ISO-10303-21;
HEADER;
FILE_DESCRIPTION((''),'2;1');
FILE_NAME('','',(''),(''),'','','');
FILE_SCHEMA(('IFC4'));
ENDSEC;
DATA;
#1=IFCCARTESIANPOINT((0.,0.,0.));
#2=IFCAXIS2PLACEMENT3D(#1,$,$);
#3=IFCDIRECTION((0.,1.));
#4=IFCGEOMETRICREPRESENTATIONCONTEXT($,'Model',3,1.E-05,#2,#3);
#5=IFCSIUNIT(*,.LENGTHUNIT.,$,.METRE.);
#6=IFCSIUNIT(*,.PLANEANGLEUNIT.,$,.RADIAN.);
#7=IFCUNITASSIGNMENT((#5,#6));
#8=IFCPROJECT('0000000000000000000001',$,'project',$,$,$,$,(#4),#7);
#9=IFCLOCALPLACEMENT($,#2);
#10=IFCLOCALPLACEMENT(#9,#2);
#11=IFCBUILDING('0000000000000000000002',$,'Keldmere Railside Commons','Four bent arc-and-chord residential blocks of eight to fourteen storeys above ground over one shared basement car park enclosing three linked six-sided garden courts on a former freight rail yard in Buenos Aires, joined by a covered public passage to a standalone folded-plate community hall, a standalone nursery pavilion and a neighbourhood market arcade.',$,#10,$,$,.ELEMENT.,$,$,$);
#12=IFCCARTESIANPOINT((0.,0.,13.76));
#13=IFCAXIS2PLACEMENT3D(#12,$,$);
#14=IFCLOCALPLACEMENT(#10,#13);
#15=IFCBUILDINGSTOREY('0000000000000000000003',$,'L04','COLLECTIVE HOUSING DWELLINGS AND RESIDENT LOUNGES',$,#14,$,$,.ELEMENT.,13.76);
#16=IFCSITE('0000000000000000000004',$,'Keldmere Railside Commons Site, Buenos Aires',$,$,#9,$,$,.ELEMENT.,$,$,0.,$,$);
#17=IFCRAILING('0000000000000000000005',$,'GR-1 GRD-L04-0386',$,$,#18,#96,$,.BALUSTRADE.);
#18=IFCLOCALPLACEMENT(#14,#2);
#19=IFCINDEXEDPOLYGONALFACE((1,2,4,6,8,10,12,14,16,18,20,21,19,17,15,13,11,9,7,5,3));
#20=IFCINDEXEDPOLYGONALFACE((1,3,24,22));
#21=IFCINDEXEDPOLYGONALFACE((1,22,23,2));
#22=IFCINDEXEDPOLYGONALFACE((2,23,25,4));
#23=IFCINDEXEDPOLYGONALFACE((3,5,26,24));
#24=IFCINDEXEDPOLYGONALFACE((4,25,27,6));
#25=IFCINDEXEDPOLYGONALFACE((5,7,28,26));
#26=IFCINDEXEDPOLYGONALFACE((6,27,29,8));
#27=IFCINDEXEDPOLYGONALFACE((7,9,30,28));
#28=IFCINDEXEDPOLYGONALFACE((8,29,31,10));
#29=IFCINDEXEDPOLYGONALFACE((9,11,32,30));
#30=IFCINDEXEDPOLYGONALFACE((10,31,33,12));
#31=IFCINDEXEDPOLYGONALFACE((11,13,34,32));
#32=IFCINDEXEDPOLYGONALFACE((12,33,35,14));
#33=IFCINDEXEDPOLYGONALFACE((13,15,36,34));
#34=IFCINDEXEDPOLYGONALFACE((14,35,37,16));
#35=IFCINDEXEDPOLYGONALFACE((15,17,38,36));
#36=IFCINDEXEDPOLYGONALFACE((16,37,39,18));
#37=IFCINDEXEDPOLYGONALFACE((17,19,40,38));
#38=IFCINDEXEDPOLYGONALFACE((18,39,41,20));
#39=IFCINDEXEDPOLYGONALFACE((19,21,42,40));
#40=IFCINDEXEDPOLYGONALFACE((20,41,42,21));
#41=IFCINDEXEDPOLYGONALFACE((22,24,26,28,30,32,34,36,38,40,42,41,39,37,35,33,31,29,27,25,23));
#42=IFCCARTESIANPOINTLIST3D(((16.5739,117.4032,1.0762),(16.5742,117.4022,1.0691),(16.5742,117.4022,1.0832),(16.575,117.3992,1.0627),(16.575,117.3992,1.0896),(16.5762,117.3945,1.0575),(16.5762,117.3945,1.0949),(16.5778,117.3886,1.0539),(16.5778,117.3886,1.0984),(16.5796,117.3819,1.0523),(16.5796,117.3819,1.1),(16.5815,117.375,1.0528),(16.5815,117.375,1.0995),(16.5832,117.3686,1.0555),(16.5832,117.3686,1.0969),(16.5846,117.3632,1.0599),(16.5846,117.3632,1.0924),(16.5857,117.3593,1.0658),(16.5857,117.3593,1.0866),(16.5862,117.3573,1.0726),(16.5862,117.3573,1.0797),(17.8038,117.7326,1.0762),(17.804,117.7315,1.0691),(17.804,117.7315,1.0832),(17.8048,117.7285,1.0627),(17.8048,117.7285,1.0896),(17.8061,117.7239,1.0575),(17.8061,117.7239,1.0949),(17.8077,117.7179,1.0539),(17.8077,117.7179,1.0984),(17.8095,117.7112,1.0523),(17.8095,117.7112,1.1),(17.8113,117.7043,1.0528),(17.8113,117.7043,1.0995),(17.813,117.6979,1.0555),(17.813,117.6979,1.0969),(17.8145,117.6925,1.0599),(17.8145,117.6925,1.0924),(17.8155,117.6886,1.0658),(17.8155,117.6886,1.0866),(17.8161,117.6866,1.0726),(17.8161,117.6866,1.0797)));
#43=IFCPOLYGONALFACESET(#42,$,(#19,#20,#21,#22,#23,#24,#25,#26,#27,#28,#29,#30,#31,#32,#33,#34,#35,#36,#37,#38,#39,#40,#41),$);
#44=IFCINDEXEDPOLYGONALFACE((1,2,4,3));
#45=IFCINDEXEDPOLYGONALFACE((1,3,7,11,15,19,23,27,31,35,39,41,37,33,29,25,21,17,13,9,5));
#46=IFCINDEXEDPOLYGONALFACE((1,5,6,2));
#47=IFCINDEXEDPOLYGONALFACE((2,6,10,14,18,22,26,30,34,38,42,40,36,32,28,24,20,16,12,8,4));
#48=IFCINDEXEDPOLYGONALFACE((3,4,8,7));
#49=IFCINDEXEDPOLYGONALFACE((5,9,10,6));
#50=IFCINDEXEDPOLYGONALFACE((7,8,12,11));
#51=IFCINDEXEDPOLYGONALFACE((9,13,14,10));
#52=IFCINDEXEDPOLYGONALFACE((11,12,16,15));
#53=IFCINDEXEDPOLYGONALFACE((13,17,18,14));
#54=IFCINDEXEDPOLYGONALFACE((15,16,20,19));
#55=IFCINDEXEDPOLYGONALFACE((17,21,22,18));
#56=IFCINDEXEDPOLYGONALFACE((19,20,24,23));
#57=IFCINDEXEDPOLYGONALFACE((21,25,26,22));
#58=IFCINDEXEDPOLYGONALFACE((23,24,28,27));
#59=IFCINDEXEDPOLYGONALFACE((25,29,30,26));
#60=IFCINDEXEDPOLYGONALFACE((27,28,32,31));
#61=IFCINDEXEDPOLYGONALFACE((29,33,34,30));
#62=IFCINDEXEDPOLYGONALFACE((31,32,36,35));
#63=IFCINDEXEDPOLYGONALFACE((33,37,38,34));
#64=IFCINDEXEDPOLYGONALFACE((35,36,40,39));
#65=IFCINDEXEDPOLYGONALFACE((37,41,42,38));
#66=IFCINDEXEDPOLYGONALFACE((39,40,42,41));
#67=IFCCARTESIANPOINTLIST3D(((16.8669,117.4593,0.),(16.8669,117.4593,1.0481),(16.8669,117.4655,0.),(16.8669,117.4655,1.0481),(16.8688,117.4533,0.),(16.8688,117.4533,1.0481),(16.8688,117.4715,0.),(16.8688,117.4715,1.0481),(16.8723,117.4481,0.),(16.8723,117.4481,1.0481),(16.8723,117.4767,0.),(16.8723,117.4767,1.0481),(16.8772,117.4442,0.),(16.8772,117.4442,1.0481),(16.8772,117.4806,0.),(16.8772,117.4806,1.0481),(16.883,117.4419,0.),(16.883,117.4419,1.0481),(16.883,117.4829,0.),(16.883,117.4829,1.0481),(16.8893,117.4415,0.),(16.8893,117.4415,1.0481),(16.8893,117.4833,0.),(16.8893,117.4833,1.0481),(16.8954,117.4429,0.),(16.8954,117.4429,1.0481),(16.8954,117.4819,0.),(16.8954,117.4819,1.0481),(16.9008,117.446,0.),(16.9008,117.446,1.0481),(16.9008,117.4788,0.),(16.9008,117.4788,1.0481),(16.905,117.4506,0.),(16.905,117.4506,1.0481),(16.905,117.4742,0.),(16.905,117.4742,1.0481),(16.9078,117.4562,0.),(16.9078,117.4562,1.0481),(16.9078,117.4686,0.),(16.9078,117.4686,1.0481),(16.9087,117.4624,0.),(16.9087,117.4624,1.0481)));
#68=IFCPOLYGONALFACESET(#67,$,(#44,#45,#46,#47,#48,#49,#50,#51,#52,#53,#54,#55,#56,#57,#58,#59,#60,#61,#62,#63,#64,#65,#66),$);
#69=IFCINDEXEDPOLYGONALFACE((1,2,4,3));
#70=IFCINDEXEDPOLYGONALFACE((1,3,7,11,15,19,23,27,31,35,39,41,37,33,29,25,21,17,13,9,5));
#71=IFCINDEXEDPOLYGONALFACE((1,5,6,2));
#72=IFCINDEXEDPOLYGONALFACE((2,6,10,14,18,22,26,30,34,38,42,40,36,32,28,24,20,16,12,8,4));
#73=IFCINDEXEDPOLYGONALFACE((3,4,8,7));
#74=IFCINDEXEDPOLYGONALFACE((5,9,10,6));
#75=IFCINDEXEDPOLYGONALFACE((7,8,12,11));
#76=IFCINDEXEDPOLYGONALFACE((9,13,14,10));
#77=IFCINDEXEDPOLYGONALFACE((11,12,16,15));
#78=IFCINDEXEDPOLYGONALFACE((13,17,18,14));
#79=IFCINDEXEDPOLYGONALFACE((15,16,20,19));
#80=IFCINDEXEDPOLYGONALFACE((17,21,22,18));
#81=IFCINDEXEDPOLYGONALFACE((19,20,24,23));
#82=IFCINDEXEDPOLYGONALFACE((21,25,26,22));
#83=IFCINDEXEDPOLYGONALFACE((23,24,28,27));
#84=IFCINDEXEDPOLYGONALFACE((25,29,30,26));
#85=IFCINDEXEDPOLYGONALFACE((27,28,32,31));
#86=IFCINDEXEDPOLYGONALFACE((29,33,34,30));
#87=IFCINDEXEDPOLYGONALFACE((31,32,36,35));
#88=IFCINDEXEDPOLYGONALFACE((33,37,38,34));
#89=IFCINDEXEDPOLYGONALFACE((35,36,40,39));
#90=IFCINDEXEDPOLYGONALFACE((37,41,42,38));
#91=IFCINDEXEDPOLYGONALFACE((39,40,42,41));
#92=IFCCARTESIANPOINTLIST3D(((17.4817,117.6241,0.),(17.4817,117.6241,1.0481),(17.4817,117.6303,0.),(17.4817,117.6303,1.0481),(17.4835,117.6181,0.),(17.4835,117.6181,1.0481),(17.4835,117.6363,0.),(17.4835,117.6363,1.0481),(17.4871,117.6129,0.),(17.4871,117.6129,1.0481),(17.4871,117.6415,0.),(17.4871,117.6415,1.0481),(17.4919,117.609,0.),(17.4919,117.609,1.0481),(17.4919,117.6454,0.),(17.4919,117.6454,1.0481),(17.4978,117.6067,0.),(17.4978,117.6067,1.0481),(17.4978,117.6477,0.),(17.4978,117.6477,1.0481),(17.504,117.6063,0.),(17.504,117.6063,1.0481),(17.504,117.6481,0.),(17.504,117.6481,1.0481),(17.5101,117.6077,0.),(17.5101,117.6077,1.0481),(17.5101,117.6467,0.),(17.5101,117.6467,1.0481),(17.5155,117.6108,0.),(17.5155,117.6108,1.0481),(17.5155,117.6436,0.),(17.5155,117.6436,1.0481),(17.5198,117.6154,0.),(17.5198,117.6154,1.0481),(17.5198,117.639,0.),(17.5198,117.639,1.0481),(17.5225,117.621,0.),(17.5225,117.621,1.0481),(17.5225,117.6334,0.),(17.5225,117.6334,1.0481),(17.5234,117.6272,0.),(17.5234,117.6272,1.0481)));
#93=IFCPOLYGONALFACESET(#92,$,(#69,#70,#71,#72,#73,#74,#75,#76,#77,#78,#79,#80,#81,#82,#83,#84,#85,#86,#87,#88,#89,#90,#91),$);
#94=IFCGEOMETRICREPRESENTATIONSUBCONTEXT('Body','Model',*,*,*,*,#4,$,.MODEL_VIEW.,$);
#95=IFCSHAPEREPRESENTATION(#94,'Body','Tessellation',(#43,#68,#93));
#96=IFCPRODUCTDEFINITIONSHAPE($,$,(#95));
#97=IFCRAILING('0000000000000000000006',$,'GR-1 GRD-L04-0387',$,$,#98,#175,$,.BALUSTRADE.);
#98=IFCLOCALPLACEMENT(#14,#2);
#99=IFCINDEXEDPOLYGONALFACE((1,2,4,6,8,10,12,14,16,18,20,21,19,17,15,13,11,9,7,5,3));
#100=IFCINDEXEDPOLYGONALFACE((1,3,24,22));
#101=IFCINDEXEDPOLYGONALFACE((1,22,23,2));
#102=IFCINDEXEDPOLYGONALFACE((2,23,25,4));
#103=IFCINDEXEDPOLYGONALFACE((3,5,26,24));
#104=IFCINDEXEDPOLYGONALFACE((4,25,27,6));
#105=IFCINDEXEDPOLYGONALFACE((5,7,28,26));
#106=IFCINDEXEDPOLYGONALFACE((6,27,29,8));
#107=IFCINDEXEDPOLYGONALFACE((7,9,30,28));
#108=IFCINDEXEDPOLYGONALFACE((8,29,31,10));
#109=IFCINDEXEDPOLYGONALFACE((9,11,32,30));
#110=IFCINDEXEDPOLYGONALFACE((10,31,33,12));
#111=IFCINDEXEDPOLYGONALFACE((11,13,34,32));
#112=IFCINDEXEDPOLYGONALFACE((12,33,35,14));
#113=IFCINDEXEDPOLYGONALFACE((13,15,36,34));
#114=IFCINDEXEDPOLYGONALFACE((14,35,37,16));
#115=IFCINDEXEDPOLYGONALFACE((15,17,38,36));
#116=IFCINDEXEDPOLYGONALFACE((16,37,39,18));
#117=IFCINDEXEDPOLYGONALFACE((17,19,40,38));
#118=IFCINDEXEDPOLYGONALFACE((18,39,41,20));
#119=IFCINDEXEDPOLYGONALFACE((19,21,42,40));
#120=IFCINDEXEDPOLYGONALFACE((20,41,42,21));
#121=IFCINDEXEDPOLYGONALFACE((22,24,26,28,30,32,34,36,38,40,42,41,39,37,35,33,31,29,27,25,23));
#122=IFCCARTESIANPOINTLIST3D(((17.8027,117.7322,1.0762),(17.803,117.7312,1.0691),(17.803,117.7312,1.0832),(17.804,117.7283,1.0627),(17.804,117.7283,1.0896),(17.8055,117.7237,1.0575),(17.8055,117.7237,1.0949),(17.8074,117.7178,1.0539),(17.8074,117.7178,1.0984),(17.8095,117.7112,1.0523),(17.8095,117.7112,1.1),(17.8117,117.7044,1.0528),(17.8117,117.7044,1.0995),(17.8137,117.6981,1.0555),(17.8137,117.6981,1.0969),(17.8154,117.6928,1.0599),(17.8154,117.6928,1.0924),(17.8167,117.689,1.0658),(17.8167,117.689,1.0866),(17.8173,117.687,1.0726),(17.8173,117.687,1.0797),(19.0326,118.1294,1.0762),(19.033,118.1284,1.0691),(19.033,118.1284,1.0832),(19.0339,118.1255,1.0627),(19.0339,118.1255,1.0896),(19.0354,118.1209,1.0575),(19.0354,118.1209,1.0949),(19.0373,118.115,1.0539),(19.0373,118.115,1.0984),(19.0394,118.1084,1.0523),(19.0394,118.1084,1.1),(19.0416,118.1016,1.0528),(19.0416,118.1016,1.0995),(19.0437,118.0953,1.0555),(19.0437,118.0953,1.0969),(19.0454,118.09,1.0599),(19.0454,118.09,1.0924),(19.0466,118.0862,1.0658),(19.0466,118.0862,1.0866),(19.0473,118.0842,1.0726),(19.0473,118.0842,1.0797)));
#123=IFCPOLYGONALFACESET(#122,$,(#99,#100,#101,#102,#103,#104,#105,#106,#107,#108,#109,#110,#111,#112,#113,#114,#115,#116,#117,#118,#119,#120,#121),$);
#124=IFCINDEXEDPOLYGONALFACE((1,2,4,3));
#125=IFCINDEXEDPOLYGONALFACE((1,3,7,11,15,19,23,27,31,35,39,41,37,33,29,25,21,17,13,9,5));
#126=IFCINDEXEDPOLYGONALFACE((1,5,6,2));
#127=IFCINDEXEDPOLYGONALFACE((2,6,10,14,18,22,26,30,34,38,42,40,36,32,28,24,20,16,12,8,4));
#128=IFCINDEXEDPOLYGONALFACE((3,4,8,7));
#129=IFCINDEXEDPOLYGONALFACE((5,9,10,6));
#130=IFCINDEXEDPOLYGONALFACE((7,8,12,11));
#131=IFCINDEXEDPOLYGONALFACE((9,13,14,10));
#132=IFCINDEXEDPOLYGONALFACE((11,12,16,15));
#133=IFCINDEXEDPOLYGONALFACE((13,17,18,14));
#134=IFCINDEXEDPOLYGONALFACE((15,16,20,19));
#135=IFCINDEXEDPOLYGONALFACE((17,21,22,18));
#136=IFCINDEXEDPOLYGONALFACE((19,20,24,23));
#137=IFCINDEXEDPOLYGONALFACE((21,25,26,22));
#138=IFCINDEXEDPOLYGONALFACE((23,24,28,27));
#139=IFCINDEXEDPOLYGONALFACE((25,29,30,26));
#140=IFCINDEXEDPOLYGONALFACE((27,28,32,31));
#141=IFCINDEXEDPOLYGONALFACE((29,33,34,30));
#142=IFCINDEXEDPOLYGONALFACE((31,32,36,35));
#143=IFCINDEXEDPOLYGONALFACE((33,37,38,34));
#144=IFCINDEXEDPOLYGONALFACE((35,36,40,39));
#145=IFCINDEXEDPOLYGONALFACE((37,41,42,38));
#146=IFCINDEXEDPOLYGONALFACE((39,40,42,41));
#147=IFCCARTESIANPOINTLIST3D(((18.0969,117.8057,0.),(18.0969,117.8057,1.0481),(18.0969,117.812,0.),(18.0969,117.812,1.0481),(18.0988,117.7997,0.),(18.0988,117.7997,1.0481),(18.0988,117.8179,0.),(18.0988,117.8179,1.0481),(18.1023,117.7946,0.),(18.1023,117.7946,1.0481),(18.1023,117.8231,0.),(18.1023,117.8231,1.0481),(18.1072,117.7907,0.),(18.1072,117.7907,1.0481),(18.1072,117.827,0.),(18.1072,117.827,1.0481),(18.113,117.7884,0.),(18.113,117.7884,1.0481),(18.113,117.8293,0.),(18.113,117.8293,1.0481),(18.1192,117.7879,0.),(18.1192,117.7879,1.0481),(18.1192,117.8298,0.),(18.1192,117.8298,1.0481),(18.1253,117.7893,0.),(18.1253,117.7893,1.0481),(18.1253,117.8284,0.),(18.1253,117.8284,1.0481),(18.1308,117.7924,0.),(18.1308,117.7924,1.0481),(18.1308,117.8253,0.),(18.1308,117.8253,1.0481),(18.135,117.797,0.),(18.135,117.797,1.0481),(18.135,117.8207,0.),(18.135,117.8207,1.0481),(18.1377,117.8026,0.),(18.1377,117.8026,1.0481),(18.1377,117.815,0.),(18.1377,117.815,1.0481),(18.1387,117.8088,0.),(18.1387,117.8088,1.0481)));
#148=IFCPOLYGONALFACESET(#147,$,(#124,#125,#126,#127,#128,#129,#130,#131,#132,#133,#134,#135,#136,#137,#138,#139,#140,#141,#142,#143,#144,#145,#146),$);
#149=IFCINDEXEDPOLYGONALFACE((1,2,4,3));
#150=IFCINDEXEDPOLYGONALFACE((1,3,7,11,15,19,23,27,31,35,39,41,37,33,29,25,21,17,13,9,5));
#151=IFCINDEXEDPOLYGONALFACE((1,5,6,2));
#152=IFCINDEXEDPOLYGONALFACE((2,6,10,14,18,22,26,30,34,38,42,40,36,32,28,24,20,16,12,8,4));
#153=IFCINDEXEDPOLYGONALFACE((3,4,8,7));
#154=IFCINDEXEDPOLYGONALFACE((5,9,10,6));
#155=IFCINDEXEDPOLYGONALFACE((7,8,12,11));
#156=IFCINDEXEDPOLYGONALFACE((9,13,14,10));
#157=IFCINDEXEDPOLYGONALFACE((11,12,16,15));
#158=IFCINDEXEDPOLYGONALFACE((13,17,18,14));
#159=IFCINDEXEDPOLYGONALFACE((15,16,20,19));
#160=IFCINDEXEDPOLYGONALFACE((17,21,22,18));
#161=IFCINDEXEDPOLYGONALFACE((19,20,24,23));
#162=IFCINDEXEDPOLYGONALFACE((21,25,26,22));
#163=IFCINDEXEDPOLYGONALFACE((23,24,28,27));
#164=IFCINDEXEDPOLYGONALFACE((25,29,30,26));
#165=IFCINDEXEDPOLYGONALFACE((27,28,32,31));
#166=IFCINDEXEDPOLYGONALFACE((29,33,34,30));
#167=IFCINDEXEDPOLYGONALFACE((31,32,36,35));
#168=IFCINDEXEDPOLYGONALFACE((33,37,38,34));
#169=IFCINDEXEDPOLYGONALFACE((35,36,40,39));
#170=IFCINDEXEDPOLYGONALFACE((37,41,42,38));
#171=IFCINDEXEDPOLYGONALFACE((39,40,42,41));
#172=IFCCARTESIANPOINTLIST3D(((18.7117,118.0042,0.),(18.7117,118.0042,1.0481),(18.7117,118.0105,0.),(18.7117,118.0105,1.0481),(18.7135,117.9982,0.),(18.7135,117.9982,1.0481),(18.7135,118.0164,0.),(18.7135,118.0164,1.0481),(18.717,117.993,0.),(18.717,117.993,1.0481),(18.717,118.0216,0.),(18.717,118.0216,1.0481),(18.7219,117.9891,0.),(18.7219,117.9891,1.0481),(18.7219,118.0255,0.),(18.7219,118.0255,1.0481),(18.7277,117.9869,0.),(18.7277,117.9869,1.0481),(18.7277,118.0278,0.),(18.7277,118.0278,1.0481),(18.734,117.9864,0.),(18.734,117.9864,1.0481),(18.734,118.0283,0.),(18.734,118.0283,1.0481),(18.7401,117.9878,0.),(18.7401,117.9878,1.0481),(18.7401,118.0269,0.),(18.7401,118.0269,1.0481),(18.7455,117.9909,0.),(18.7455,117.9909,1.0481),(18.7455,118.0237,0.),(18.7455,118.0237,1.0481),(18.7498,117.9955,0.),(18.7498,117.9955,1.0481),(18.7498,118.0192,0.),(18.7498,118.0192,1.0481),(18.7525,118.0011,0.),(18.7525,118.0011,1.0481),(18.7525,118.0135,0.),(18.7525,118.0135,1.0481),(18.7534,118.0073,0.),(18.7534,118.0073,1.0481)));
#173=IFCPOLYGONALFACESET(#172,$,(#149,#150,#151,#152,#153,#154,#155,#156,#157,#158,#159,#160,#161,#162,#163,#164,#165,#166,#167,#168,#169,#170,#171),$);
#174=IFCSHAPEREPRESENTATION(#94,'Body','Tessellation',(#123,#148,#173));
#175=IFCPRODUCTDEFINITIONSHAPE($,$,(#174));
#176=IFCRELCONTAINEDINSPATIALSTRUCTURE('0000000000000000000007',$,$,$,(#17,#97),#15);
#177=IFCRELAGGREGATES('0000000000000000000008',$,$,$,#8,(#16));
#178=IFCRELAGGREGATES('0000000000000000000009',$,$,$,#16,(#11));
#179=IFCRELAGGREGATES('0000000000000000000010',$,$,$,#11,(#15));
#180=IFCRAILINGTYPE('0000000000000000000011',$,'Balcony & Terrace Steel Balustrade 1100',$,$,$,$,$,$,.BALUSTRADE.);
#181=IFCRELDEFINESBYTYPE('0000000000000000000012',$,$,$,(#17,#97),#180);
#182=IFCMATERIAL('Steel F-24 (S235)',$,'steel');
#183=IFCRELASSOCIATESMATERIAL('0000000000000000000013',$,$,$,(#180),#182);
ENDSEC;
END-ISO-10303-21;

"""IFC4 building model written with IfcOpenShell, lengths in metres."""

from ifc_helpers import new_model, si_unit, direction, frame, origin, origin_2d, place, context, subcontext, project, spatial, circle, extrude, material, type_object, element, save


model = new_model("IFC4")

# Units and contexts
model_context = context("Model", 3, precision=1e-05, world=origin(), true_north=direction((0.0, 1.0)))
body_context = subcontext(model_context, "Body", "Model", "MODEL_VIEW")
ifc_project = project(units=[si_unit("LENGTHUNIT", "METRE"), si_unit("PLANEANGLEUNIT", "RADIAN")], contexts=[model_context])

# Site, building, storey
site_placement = place(None, origin())
site = spatial("IfcSite", under=ifc_project, at=site_placement, Name="Keldmere Railside Commons Site, Buenos Aires", CompositionType="ELEMENT", RefElevation=0.0)
building_placement = place(site_placement, origin())
building = spatial("IfcBuilding", under=site, at=building_placement, Name="Keldmere Railside Commons", Description="Four bent arc-and-chord residential blocks of eight to fourteen storeys above ground over one shared basement car park enclosing three linked six-sided garden courts on a former freight rail yard in Buenos Aires, joined by a covered public passage to a standalone folded-plate community hall, a standalone nursery pavilion and a neighbourhood market arcade.", CompositionType="ELEMENT")
storey_placement = place(building_placement, frame((0.0, 0.0, 13.76)))
storey = spatial("IfcBuildingStorey", under=building, at=storey_placement, Name="L04", Description="COLLECTIVE HOUSING DWELLINGS AND RESIDENT LOUNGES", CompositionType="ELEMENT", Elevation=13.76)

# Shared definitions
ifc_material_1 = material(Name="Steel F-24 (S235)", Category="steel")

# Railings
railing_type = type_object("IfcRailingType", Name="Balcony & Terrace Steel Balustrade 1100", PredefinedType="BALUSTRADE", material=ifc_material_1)
railing_1_placement = place(storey_placement, frame((16.5801, 117.3801, 0.0)))
element("IfcRailing", 1, at=railing_1_placement, inside=storey, type_object=railing_type, Name="GR-1 GRD-L04-0386", PredefinedType="BALUSTRADE", context=body_context, shape_type="SweptSolid", body=[
    extrude(circle(Radius=0.0239, at=origin_2d()), frame((0.0, 0.0, 1.0762), z_axis=(0.96597, 0.258653, 0.0), x_axis=(-0.258653, 0.96597, 0.0)), (0.0, 0.0, 1.0), 1.2732),
    extrude(circle(Radius=0.021, at=origin_2d()), frame((0.3076, 0.0823, 0.0)), (0.0, 0.0, 1.0), 1.0481),
    extrude(circle(Radius=0.021, at=origin_2d()), frame((0.9224, 0.2471, 0.0)), (0.0, 0.0, 1.0), 1.0481),
])
railing_2_placement = place(storey_placement, frame((17.8101, 117.7095, 0.0)))
element("IfcRailing", 2, at=railing_2_placement, inside=storey, type_object=railing_type, Name="GR-1 GRD-L04-0387", PredefinedType="BALUSTRADE", context=body_context, shape_type="SweptSolid", body=[
    extrude(circle(Radius=0.0239, at=origin_2d()), frame((0.0, 0.0, 1.0762), z_axis=(0.951607, 0.307317, 0.0), x_axis=(-0.307317, 0.951607, 0.0)), (0.0, 0.0, 1.0), 1.2925),
    extrude(circle(Radius=0.021, at=origin_2d()), frame((0.3076, 0.0994, 0.0)), (0.0, 0.0, 1.0), 1.0481),
    extrude(circle(Radius=0.021, at=origin_2d()), frame((0.9224, 0.2979, 0.0)), (0.0, 0.0, 1.0), 1.0481),
])

save(model, "model.ifc")
